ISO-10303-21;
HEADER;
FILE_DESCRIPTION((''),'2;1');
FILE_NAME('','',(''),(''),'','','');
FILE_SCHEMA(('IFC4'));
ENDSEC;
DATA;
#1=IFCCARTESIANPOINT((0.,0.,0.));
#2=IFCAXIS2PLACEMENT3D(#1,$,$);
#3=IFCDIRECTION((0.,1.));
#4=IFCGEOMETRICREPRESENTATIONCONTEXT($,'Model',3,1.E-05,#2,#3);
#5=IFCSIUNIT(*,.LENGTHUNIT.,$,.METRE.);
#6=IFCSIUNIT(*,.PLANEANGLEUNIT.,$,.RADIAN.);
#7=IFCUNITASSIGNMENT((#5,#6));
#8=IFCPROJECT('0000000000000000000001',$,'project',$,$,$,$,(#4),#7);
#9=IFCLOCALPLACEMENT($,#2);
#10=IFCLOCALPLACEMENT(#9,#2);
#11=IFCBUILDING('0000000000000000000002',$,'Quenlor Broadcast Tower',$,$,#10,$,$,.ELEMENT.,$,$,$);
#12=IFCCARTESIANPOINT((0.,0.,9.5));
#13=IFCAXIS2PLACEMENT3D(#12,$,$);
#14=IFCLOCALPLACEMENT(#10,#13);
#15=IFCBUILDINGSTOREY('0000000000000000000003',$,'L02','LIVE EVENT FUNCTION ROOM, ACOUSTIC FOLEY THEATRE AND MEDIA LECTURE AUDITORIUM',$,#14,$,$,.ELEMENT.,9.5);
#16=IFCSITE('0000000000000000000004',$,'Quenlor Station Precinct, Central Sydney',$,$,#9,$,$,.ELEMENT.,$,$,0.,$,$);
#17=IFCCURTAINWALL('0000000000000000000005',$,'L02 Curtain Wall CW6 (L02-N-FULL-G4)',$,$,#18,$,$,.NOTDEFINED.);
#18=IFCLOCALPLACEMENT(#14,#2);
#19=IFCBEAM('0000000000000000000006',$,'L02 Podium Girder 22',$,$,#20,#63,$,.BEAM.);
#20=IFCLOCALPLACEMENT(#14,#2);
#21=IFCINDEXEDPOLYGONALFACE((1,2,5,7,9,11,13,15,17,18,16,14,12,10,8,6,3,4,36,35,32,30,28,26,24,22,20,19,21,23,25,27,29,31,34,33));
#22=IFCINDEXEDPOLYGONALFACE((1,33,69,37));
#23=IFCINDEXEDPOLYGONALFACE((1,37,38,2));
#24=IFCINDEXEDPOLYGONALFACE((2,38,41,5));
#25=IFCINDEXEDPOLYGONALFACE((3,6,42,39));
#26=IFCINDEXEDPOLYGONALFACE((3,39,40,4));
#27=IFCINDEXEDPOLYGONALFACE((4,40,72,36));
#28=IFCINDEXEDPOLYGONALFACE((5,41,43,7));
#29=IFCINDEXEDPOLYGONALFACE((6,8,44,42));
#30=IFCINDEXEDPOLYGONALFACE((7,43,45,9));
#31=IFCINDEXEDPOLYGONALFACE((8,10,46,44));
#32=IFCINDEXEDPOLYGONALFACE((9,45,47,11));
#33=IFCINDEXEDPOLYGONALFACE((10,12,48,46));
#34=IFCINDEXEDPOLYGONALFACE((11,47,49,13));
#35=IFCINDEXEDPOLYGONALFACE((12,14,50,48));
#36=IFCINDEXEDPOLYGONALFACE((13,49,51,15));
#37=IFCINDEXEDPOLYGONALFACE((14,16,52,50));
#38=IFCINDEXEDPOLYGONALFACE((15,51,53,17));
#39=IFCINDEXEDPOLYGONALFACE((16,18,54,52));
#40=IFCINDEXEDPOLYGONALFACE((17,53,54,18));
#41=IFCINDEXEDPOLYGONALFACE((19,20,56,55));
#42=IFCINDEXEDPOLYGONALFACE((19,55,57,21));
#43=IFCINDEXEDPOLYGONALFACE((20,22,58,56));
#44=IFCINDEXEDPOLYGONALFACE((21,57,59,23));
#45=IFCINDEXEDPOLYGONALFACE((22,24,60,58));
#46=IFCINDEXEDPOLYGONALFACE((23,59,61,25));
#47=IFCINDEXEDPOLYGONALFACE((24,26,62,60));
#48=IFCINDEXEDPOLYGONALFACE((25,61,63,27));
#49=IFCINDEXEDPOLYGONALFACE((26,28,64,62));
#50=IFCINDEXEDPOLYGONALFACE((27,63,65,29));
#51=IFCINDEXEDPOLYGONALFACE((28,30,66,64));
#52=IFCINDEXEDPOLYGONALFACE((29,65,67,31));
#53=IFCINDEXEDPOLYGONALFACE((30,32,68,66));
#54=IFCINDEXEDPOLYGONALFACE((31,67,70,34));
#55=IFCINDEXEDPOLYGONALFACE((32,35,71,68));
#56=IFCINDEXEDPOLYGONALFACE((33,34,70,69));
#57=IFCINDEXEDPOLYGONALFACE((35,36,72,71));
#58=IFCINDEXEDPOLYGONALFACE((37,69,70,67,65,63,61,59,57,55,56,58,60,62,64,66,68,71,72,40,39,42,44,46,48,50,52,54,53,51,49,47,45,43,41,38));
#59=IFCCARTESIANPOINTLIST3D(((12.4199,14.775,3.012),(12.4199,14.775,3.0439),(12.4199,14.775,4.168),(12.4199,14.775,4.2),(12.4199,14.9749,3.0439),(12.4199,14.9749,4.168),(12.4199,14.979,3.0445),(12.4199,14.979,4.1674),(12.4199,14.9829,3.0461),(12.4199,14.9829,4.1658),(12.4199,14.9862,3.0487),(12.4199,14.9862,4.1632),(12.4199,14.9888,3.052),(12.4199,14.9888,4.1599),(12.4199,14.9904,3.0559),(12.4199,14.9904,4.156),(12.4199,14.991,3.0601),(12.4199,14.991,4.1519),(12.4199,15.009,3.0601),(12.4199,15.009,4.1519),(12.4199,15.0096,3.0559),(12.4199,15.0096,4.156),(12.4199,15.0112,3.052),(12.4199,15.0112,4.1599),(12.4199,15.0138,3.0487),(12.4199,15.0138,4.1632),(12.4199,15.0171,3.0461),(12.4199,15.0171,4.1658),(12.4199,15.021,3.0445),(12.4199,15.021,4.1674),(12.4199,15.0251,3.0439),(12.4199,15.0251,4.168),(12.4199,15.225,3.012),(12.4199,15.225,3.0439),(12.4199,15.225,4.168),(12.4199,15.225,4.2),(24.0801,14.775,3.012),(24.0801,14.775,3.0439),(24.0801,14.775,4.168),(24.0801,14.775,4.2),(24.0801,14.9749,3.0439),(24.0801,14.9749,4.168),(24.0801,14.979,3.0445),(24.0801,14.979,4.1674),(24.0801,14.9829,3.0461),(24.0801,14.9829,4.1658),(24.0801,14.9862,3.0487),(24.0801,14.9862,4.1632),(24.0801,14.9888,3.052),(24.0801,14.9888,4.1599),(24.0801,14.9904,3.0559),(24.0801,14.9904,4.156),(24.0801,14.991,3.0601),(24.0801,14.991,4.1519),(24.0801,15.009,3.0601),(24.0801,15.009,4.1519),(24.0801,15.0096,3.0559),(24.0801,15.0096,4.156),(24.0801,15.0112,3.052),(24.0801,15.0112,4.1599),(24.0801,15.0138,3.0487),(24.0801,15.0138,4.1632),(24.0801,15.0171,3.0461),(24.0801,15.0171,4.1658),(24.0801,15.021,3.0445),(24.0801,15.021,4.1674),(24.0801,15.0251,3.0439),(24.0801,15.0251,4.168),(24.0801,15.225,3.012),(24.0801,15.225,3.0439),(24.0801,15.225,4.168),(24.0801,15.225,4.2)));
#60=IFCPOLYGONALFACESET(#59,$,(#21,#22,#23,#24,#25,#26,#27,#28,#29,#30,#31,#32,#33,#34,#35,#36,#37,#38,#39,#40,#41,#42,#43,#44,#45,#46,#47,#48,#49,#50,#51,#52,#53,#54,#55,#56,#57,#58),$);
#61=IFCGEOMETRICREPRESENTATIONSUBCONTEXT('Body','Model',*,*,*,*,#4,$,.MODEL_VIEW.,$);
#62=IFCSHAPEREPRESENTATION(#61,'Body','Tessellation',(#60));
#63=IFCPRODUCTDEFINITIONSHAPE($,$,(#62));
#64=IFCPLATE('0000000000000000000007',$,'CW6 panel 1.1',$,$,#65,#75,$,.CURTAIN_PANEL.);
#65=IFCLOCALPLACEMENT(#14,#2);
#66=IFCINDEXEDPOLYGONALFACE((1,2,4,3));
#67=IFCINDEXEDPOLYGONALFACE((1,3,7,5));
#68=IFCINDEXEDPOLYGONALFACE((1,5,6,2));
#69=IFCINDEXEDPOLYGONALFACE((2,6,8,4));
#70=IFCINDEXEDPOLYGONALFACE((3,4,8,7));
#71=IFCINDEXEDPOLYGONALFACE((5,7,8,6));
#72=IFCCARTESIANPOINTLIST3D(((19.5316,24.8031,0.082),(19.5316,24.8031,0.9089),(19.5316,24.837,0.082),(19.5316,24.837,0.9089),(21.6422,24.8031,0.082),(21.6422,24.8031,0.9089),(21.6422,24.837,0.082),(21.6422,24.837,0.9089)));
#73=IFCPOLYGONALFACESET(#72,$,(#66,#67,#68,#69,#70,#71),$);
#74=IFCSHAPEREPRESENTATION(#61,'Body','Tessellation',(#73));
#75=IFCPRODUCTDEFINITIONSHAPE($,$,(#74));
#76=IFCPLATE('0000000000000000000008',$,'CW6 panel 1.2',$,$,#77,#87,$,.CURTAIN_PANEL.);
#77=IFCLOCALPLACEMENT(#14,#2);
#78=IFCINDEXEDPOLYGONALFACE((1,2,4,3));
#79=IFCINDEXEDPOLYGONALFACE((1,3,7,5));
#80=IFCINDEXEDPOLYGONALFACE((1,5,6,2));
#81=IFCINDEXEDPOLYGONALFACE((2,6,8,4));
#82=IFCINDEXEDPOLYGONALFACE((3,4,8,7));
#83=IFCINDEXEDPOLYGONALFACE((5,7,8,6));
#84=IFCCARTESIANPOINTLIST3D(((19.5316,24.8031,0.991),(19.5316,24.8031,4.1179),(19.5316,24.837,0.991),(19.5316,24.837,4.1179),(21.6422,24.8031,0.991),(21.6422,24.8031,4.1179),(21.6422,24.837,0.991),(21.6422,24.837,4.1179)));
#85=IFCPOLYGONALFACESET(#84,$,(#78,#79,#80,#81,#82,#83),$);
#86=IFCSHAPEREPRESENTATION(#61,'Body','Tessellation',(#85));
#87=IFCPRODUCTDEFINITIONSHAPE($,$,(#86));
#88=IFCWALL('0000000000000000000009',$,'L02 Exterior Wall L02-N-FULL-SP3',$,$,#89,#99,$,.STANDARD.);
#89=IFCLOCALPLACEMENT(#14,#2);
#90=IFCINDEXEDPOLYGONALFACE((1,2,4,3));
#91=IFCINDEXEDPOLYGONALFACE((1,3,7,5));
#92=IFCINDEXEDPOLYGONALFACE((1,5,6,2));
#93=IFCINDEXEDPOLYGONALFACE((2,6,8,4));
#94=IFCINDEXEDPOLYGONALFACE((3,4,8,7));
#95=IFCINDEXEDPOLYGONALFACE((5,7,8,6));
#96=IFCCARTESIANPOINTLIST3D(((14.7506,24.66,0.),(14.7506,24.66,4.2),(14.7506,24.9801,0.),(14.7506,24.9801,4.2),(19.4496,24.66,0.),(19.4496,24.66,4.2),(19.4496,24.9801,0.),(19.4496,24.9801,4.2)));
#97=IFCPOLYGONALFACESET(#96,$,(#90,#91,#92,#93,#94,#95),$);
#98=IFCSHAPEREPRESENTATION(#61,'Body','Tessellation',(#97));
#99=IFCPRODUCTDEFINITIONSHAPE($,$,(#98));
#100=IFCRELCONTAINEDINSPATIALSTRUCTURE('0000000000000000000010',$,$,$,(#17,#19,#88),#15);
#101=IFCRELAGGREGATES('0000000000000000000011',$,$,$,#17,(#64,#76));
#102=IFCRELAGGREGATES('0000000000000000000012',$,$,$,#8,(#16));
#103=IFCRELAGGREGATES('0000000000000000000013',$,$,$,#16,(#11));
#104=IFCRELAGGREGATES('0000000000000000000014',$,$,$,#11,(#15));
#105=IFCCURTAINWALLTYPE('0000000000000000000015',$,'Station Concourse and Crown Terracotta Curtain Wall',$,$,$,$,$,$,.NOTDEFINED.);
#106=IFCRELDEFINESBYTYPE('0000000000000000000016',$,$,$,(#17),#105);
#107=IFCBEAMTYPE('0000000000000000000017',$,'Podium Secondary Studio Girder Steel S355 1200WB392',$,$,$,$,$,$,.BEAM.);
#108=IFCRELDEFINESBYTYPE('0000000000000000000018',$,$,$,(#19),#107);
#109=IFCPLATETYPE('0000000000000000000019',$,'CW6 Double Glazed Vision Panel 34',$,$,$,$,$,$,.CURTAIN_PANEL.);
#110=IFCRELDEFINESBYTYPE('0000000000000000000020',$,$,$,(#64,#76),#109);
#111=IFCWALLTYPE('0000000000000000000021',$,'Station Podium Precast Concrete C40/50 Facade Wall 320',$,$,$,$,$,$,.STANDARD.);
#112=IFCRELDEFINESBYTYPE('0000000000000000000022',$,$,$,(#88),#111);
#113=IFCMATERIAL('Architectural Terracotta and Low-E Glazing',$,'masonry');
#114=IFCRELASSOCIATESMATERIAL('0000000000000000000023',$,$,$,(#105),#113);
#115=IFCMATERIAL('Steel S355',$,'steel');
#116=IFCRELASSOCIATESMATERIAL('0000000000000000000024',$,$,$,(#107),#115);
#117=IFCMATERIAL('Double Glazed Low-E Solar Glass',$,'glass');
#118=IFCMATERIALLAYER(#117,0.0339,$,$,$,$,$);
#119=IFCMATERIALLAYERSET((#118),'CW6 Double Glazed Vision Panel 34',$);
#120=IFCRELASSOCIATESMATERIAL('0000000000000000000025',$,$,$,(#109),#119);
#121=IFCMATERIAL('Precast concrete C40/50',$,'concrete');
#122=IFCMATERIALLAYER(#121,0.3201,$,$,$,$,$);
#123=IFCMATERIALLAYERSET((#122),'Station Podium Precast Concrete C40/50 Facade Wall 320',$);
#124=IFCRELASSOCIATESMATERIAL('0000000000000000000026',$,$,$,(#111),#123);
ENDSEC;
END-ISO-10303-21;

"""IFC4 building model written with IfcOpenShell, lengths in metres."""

from ifc_helpers import new_model, si_unit, direction, frame, frame_2d, origin, origin_2d, place, context, subcontext, project, spatial, rectangle, i_section, extrude, material, layer, layer_set, material_profile, profile_set, type_object, element, aggregate, save


model = new_model("IFC4")

# Units and contexts
model_context = context("Model", 3, precision=1e-05, world=origin(), true_north=direction((0.0, 1.0)))
body_context = subcontext(model_context, "Body", "Model", "MODEL_VIEW")
ifc_project = project(units=[si_unit("LENGTHUNIT", "METRE"), si_unit("PLANEANGLEUNIT", "RADIAN")], contexts=[model_context])

# Site, building, storey
site_placement = place(None, origin())
site = spatial("IfcSite", under=ifc_project, at=site_placement, Name="Quenlor Station Precinct, Central Sydney", CompositionType="ELEMENT", RefElevation=0.0)
building_placement = place(site_placement, origin())
building = spatial("IfcBuilding", under=site, at=building_placement, Name="Quenlor Broadcast Tower", CompositionType="ELEMENT")
storey_placement = place(building_placement, frame((0.0, 0.0, 9.5)))
storey = spatial("IfcBuildingStorey", under=building, at=storey_placement, Name="L02", Description="LIVE EVENT FUNCTION ROOM, ACOUSTIC FOLEY THEATRE AND MEDIA LECTURE AUDITORIUM", CompositionType="ELEMENT", Elevation=9.5)

# Shared definitions
ifc_material_1 = material(Name="Architectural Terracotta and Low-E Glazing", Category="masonry")
curtain_wall_type = type_object("IfcCurtainWallType", Name="Station Concourse and Crown Terracotta Curtain Wall", PredefinedType="NOTDEFINED", material=ifc_material_1)

# Curtain wall
curtain_wall_1_placement = place(storey_placement, origin())
curtain_wall_1 = element("IfcCurtainWall", 1, at=curtain_wall_1_placement, inside=storey, type_object=curtain_wall_type, Name="L02 Curtain Wall CW6 (L02-N-FULL-G4)", PredefinedType="NOTDEFINED")

# Beam
ifc_material_2 = material(Name="Steel S355", Category="steel")
ifc_material_profile_1 = material_profile(ifc_material_2, i_section(OverallWidth=0.45, OverallDepth=1.188, WebThickness=0.0181, FlangeThickness=0.032, FilletRadius=0.0161, at=origin_2d()))
ifc_profile_set_1 = profile_set([ifc_material_profile_1], Name="Steel S355 1200WB392")
beam_type_1 = type_object("IfcBeamType", Name="Podium Secondary Studio Girder Steel S355 1200WB392", PredefinedType="BEAM", material=ifc_profile_set_1)
for number, where, z_axis, x_axis, name in (
    (2, (12.4199, 15.0, 3.606), (1.0, 0.0, 0.0), (0.0, 1.0, 0.0), "L02 Podium Girder 22"),
):
    element("IfcBeam", number, at=place(storey_placement, frame(where, z_axis=z_axis, x_axis=x_axis)), inside=storey, type_object=beam_type_1, Name=name, PredefinedType="BEAM", context=body_context, shape_type="SweptSolid", body=[
        extrude(i_section(OverallWidth=0.45, OverallDepth=1.188, WebThickness=0.0181, FlangeThickness=0.032, FilletRadius=0.0161, at=origin_2d()), origin(), (0.0, 0.0, 1.0), 11.6602),
    ])

# Plates
ifc_material_3 = material(Name="Double Glazed Low-E Solar Glass", Category="glass")
ifc_layer_1 = layer(ifc_material_3, 0.0339)
ifc_layer_set_1 = layer_set([ifc_layer_1], Name="CW6 Double Glazed Vision Panel 34")
plate_type = type_object("IfcPlateType", Name="CW6 Double Glazed Vision Panel 34", PredefinedType="CURTAIN_PANEL", material=ifc_layer_set_1)
plate_1_placement = place(storey_placement, frame((20.5869, 24.8201, 0.082), z_axis=(0.0, 0.0, 1.0), x_axis=(1.0, 0.0, 0.0)))
plate_1 = element("IfcPlate", 3, at=plate_1_placement, type_object=plate_type, Name="CW6 panel 1.1", PredefinedType="CURTAIN_PANEL", context=body_context, shape_type="SweptSolid", body=[
    extrude(rectangle(XDim=2.1106, YDim=0.0339, at=origin_2d()), origin(), (0.0, 0.0, 1.0), 0.8269),
])
plate_2_placement = place(storey_placement, frame((20.5869, 24.8201, 0.991), z_axis=(0.0, 0.0, 1.0), x_axis=(1.0, 0.0, 0.0)))
plate_2 = element("IfcPlate", 4, at=plate_2_placement, type_object=plate_type, Name="CW6 panel 1.2", PredefinedType="CURTAIN_PANEL", context=body_context, shape_type="SweptSolid", body=[
    extrude(rectangle(XDim=2.1106, YDim=0.0339, at=origin_2d()), origin(), (0.0, 0.0, 1.0), 3.127),
])
aggregate(curtain_wall_1, [plate_1, plate_2])

# Wall
ifc_material_4 = material(Name="Precast concrete C40/50", Category="concrete")
ifc_layer_2 = layer(ifc_material_4, 0.3201)
ifc_layer_set_2 = layer_set([ifc_layer_2], Name="Station Podium Precast Concrete C40/50 Facade Wall 320")
wall_type = type_object("IfcWallType", Name="Station Podium Precast Concrete C40/50 Facade Wall 320", PredefinedType="STANDARD", material=ifc_layer_set_2)
wall_placement = place(storey_placement, frame((14.7505, 24.8201, 0.0), z_axis=(0.0, 0.0, 1.0), x_axis=(1.0, 0.0, 0.0)))
element("IfcWall", 5, at=wall_placement, inside=storey, type_object=wall_type, Name="L02 Exterior Wall L02-N-FULL-SP3", PredefinedType="STANDARD", context=body_context, shape_type="SweptSolid", body=[
    extrude(rectangle(XDim=4.699, YDim=0.3201, at=frame_2d((2.3496, 0.0))), origin(), (0.0, 0.0, 1.0), 4.2),
])

save(model, "model.ifc")
